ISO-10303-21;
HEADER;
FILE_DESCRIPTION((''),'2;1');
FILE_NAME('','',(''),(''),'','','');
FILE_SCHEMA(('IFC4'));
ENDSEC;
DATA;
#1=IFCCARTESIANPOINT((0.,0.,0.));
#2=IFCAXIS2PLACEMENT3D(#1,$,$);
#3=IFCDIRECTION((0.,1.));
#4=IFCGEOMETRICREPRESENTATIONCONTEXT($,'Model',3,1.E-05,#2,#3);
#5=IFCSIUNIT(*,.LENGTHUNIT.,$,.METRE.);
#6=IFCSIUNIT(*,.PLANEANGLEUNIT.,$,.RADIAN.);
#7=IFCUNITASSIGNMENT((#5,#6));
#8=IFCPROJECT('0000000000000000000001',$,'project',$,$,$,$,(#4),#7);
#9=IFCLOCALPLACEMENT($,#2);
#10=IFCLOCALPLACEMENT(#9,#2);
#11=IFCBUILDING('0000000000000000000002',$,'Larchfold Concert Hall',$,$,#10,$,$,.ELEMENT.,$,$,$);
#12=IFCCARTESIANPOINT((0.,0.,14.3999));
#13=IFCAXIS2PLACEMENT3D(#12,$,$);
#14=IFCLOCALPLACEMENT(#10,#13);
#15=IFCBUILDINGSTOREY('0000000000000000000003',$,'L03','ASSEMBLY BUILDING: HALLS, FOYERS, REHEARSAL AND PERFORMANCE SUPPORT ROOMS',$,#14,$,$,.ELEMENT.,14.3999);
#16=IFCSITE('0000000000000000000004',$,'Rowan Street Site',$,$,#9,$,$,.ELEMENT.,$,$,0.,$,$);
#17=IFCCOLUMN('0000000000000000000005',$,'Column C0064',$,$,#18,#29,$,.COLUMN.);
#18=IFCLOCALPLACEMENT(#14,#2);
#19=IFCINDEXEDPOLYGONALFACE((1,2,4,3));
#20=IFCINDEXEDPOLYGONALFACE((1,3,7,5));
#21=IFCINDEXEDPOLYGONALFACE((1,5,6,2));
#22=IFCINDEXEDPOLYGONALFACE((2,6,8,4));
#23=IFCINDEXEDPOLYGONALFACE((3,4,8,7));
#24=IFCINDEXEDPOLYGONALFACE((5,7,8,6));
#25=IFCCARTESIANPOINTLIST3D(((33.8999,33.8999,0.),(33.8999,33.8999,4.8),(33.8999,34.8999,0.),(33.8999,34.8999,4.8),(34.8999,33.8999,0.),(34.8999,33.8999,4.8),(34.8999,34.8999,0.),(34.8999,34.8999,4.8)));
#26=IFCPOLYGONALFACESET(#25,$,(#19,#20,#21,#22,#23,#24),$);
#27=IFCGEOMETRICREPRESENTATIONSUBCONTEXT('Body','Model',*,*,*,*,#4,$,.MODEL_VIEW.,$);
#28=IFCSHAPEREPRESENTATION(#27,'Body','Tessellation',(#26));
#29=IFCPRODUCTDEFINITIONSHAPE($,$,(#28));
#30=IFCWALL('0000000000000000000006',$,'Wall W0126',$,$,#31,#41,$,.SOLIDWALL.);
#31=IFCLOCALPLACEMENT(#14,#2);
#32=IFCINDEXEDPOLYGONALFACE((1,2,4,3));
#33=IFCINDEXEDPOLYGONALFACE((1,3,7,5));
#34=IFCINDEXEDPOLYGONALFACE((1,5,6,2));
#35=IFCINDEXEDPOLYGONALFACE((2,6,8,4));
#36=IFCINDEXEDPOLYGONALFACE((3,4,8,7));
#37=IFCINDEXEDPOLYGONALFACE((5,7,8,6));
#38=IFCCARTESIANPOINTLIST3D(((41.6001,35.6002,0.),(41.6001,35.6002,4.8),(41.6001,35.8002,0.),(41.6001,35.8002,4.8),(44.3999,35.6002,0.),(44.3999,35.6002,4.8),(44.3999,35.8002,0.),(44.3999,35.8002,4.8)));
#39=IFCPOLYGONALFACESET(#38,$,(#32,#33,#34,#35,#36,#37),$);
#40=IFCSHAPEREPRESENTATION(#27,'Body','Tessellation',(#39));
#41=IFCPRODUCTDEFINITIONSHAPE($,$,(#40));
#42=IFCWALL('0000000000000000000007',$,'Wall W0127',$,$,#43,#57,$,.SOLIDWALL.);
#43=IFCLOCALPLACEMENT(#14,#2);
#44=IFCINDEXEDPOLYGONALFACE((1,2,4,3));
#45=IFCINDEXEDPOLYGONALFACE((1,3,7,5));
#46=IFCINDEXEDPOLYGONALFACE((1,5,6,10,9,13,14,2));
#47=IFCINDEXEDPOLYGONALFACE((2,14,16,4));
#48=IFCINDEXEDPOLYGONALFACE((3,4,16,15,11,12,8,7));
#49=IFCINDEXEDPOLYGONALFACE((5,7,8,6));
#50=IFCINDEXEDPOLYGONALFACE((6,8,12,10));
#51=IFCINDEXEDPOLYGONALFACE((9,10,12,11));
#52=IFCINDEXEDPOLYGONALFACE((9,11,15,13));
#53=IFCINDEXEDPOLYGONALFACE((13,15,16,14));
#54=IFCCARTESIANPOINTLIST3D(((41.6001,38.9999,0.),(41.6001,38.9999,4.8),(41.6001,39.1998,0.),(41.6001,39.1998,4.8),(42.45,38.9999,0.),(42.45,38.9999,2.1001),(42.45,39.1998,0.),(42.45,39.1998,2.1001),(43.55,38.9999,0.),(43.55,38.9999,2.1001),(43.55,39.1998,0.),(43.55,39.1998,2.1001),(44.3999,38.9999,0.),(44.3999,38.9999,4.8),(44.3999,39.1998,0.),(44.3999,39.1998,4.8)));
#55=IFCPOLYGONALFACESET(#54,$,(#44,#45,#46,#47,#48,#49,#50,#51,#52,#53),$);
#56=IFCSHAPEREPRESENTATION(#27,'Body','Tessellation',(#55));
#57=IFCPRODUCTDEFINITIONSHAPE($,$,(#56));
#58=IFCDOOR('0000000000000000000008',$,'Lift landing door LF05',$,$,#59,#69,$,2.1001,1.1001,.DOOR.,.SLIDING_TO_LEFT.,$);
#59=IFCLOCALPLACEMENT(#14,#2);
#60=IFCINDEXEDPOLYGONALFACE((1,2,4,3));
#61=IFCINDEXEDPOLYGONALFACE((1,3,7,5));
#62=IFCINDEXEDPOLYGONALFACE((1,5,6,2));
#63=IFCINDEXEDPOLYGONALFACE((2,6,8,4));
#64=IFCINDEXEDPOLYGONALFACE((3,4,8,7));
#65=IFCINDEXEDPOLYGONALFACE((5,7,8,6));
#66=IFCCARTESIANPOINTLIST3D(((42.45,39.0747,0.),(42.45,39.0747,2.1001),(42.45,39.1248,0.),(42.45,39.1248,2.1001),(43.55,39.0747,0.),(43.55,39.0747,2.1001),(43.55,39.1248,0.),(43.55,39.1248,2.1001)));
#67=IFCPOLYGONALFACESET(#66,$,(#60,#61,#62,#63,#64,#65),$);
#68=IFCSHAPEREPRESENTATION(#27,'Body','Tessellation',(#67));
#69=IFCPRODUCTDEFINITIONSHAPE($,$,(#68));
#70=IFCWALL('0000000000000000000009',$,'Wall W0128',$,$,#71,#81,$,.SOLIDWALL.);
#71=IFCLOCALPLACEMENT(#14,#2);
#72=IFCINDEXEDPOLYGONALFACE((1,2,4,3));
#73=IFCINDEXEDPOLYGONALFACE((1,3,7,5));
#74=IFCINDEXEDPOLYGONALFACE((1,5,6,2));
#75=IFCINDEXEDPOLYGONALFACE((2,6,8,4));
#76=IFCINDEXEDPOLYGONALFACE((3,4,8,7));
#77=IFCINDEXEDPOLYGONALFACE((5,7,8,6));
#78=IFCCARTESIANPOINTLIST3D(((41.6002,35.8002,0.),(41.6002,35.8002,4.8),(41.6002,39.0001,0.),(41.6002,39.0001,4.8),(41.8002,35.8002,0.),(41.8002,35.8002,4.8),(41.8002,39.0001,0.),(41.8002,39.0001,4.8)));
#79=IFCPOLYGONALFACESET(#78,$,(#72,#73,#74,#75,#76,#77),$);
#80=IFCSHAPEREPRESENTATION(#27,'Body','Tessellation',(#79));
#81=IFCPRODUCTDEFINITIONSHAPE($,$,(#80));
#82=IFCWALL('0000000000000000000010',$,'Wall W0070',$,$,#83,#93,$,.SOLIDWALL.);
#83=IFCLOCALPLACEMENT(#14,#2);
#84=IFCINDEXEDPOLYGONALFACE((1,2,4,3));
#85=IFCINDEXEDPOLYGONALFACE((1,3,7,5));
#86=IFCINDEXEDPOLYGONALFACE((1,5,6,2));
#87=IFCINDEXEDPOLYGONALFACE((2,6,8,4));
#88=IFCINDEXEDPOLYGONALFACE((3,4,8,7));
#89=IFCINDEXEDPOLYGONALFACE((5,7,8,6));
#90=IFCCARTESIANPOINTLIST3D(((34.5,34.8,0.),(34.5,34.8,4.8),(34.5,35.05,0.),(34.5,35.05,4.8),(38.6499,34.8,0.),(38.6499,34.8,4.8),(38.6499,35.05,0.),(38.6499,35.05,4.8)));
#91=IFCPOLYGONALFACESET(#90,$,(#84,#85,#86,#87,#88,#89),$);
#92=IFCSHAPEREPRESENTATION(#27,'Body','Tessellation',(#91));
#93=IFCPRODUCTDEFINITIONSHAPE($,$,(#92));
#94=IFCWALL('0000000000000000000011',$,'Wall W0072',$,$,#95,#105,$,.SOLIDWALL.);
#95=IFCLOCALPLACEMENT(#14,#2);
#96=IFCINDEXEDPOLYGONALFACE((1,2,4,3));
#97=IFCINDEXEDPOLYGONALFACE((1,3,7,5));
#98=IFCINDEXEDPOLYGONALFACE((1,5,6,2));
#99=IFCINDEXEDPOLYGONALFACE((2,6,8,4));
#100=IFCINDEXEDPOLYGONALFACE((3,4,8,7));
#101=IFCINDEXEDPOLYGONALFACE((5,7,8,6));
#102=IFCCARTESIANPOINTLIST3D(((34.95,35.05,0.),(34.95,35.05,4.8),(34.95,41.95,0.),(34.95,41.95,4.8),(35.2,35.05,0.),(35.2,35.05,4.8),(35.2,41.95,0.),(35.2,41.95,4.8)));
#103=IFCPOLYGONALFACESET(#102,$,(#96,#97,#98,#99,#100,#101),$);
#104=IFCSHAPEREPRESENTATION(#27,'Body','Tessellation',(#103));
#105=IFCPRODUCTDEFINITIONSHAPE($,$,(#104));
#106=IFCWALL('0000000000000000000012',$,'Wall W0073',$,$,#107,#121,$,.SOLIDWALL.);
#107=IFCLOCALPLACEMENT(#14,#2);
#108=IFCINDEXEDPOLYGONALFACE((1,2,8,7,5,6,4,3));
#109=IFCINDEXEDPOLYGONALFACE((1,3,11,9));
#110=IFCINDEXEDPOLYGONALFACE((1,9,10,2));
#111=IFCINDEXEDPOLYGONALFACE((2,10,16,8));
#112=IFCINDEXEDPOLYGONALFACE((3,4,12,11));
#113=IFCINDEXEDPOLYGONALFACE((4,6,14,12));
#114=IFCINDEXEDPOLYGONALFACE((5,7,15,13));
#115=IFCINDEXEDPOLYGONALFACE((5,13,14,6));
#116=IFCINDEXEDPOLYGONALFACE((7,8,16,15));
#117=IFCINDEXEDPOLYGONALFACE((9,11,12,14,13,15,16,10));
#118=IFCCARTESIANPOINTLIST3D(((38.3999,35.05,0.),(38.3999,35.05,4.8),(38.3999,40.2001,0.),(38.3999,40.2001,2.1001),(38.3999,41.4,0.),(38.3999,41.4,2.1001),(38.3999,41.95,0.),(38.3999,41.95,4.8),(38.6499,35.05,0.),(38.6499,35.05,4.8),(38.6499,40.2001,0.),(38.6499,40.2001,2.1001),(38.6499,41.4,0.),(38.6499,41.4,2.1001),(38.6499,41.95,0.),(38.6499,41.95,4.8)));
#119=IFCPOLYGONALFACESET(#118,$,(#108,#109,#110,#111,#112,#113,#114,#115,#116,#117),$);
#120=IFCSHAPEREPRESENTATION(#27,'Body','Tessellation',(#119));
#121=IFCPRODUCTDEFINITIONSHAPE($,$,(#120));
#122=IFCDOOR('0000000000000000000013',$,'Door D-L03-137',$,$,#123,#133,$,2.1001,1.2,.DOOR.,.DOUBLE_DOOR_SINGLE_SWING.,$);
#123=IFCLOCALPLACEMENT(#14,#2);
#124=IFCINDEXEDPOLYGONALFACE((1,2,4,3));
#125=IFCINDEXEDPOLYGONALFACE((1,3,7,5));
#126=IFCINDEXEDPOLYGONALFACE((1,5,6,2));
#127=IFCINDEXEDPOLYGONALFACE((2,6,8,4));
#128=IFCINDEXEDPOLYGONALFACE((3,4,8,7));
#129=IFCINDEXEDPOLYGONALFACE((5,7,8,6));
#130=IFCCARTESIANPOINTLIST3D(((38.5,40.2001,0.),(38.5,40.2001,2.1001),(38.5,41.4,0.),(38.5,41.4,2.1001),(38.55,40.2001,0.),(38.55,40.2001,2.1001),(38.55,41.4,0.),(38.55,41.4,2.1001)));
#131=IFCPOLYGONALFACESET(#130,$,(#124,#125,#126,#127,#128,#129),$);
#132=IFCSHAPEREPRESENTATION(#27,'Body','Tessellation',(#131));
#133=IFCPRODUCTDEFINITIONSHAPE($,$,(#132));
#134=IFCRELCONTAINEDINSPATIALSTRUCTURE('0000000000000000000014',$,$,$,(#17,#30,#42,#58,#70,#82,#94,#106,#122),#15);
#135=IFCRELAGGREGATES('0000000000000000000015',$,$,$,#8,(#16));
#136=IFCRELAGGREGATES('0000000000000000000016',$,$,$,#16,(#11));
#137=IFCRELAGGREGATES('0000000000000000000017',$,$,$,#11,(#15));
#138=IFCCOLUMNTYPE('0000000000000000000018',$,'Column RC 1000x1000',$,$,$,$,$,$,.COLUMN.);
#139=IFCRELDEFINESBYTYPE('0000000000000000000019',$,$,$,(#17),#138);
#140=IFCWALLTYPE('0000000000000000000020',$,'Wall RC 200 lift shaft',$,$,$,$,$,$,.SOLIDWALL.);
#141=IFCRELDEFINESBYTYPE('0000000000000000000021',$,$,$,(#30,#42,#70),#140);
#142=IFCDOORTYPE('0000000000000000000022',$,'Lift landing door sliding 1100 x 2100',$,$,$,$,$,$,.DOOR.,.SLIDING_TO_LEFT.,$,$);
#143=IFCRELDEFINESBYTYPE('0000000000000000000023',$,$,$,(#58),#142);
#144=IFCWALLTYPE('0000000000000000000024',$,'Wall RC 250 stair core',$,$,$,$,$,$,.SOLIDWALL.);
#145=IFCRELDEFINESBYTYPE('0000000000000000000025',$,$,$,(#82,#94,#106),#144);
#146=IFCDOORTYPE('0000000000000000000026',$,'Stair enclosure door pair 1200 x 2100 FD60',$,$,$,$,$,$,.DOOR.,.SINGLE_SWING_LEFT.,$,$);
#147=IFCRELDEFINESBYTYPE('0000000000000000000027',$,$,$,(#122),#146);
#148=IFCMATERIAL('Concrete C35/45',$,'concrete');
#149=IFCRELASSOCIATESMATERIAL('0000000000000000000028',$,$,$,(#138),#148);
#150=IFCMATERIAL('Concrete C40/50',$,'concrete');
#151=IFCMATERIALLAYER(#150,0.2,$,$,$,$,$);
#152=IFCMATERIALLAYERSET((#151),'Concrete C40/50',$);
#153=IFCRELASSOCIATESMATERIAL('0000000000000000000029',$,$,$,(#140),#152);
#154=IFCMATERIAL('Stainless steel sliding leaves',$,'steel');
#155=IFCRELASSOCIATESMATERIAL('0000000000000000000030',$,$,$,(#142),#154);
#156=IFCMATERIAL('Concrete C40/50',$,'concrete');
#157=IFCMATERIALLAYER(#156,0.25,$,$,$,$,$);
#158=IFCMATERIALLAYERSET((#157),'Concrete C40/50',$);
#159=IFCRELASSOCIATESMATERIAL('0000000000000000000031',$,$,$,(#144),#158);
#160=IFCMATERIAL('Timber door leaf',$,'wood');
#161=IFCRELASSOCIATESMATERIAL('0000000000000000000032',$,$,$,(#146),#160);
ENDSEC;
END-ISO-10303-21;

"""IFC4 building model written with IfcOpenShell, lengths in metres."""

from ifc_helpers import new_model, si_unit, direction, frame, frame_2d, origin, origin_2d, place, context, subcontext, project, spatial, rectangle, extrude, material, layer, layer_set, material_profile, profile_set, type_object, element, fill, save


model = new_model("IFC4")

# Units and contexts
model_context = context("Model", 3, precision=1e-05, world=origin(), true_north=direction((0.0, 1.0)))
body_context = subcontext(model_context, "Body", "Model", "MODEL_VIEW")
ifc_project = project(units=[si_unit("LENGTHUNIT", "METRE"), si_unit("PLANEANGLEUNIT", "RADIAN")], contexts=[model_context])

# Site, building, storey
site_placement = place(None, origin())
site = spatial("IfcSite", under=ifc_project, at=site_placement, Name="Rowan Street Site", CompositionType="ELEMENT", RefElevation=0.0)
building_placement = place(site_placement, origin())
building = spatial("IfcBuilding", under=site, at=building_placement, Name="Larchfold Concert Hall", CompositionType="ELEMENT")
storey_placement = place(building_placement, frame((0.0, 0.0, 14.3999)))
storey = spatial("IfcBuildingStorey", under=building, at=storey_placement, Name="L03", Description="ASSEMBLY BUILDING: HALLS, FOYERS, REHEARSAL AND PERFORMANCE SUPPORT ROOMS", CompositionType="ELEMENT", Elevation=14.3999)

# Column
ifc_material_1 = material(Name="Concrete C35/45", Category="concrete")
ifc_material_profile = material_profile(ifc_material_1, rectangle(XDim=1.0, YDim=1.0, at=origin_2d()))
ifc_profile_set = profile_set([ifc_material_profile], Name="Concrete C35/45")
column_type = type_object("IfcColumnType", Name="Column RC 1000x1000", PredefinedType="COLUMN", material=ifc_profile_set)
column_placement = place(storey_placement, frame((34.3999, 34.3999, 0.0), z_axis=(0.0, 0.0, 1.0), x_axis=(1.0, 0.0, 0.0)))
element("IfcColumn", 1, at=column_placement, inside=storey, type_object=column_type, Name="Column C0064", PredefinedType="COLUMN", context=body_context, shape_type="SweptSolid", body=[
    extrude(rectangle(XDim=1.0, YDim=1.0, at=origin_2d()), origin(), (0.0, 0.0, 1.0), 4.8),
])

# Wall
ifc_material_2 = material(Name="Concrete C40/50", Category="concrete")
ifc_layer_1 = layer(ifc_material_2, 0.2)
ifc_layer_set_1 = layer_set([ifc_layer_1], Name="Concrete C40/50")
wall_type_1 = type_object("IfcWallType", Name="Wall RC 200 lift shaft", PredefinedType="SOLIDWALL", material=ifc_layer_set_1)
wall_1_placement = place(storey_placement, frame((41.6001, 35.7002, 0.0), z_axis=(0.0, 0.0, 1.0), x_axis=(1.0, 0.0, 0.0)))
element("IfcWall", 2, at=wall_1_placement, inside=storey, type_object=wall_type_1, Name="Wall W0126", PredefinedType="SOLIDWALL", context=body_context, shape_type="SweptSolid", body=[
    extrude(rectangle(XDim=2.7998, YDim=0.2, at=frame_2d((1.3999, 0.0))), origin(), (0.0, 0.0, 1.0), 4.8),
])

# Wall, opening, door
wall_2_placement = place(storey_placement, frame((41.6001, 39.0999, 0.0), z_axis=(0.0, 0.0, 1.0), x_axis=(1.0, 0.0, 0.0)))
wall_2 = element("IfcWall", 3, at=wall_2_placement, inside=storey, type_object=wall_type_1, Name="Wall W0127", PredefinedType="SOLIDWALL", context=body_context, shape_type="SweptSolid", body=[
    extrude(rectangle(XDim=2.7998, YDim=0.2, at=frame_2d((1.3999, 0.0))), origin(), (0.0, 0.0, 1.0), 4.8),
])
opening_1_placement = place(wall_2_placement, frame((0.8499, 0.0, 0.0)))
opening_1 = element("IfcOpeningElement", 4, at=opening_1_placement, cuts=wall_2, PredefinedType="OPENING", context=body_context, shape_type="SweptSolid", body=[
    extrude(rectangle(XDim=1.1001, YDim=2.1001, at=frame_2d((0.55, 1.05))), frame((0.0, 0.1099, 0.0), z_axis=(0.0, -1.0, 0.0), x_axis=(1.0, 0.0, 0.0)), (0.0, 0.0, 1.0), 0.22),
])
ifc_material_3 = material(Name="Stainless steel sliding leaves", Category="steel")
door_type_1 = type_object("IfcDoorType", Name="Lift landing door sliding 1100 x 2100", OperationType="SLIDING_TO_LEFT", PredefinedType="DOOR", material=ifc_material_3)
door_1_placement = place(opening_1_placement, origin())
door_1 = element("IfcDoor", 5, at=door_1_placement, inside=storey, type_object=door_type_1, Name="Lift landing door LF05", OperationType="SLIDING_TO_LEFT", OverallHeight=2.1001, OverallWidth=1.1001, PredefinedType="DOOR", context=body_context, shape_type="SweptSolid", body=[
    extrude(rectangle(XDim=1.1001, YDim=2.1001, at=frame_2d((0.55, 1.05))), frame((0.0, 0.0249, 0.0), z_axis=(0.0, -1.0, 0.0), x_axis=(1.0, 0.0, 0.0)), (0.0, 0.0, 1.0), 0.05),
])
fill(opening_1, door_1)

# Walls
wall_3_placement = place(storey_placement, frame((41.7002, 35.8, 0.0), z_axis=(0.0, 0.0, 1.0), x_axis=(0.0, 1.0, 0.0)))
element("IfcWall", 6, at=wall_3_placement, inside=storey, type_object=wall_type_1, Name="Wall W0128", PredefinedType="SOLIDWALL", context=body_context, shape_type="SweptSolid", body=[
    extrude(rectangle(XDim=3.2, YDim=0.2, at=frame_2d((1.6001, 0.0))), origin(), (0.0, 0.0, 1.0), 4.8),
])
ifc_material_4 = material(Name="Concrete C40/50", Category="concrete")
ifc_layer_2 = layer(ifc_material_4, 0.25)
ifc_layer_set_2 = layer_set([ifc_layer_2], Name="Concrete C40/50")
wall_type_2 = type_object("IfcWallType", Name="Wall RC 250 stair core", PredefinedType="SOLIDWALL", material=ifc_layer_set_2)
wall_4_placement = place(storey_placement, frame((34.5, 34.925, 0.0), z_axis=(0.0, 0.0, 1.0), x_axis=(1.0, 0.0, 0.0)))
element("IfcWall", 7, at=wall_4_placement, inside=storey, type_object=wall_type_2, Name="Wall W0070", PredefinedType="SOLIDWALL", context=body_context, shape_type="SweptSolid", body=[
    extrude(rectangle(XDim=4.1499, YDim=0.25, at=frame_2d((2.075, 0.0))), origin(), (0.0, 0.0, 1.0), 4.8),
])
wall_5_placement = place(storey_placement, frame((35.075, 35.05, 0.0), z_axis=(0.0, 0.0, 1.0), x_axis=(0.0, 1.0, 0.0)))
element("IfcWall", 8, at=wall_5_placement, inside=storey, type_object=wall_type_2, Name="Wall W0072", PredefinedType="SOLIDWALL", context=body_context, shape_type="SweptSolid", body=[
    extrude(rectangle(XDim=6.8999, YDim=0.25, at=frame_2d((3.45, 0.0))), origin(), (0.0, 0.0, 1.0), 4.8),
])

# Wall, opening, door
wall_6_placement = place(storey_placement, frame((38.5249, 35.05, 0.0), z_axis=(0.0, 0.0, 1.0), x_axis=(0.0, 1.0, 0.0)))
wall_6 = element("IfcWall", 9, at=wall_6_placement, inside=storey, type_object=wall_type_2, Name="Wall W0073", PredefinedType="SOLIDWALL", context=body_context, shape_type="SweptSolid", body=[
    extrude(rectangle(XDim=6.8999, YDim=0.25, at=frame_2d((3.45, 0.0))), origin(), (0.0, 0.0, 1.0), 4.8),
])
opening_2_placement = place(wall_6_placement, frame((5.1499, 0.0, 0.0)))
opening_2 = element("IfcOpeningElement", 10, at=opening_2_placement, cuts=wall_6, PredefinedType="OPENING", context=body_context, shape_type="SweptSolid", body=[
    extrude(rectangle(XDim=1.2, YDim=2.1001, at=frame_2d((0.6001, 1.05))), frame((0.0, 0.135, 0.0), z_axis=(0.0, -1.0, 0.0), x_axis=(1.0, 0.0, 0.0)), (0.0, 0.0, 1.0), 0.27),
])
ifc_material_5 = material(Name="Timber door leaf", Category="wood")
door_type_2 = type_object("IfcDoorType", Name="Stair enclosure door pair 1200 x 2100 FD60", OperationType="SINGLE_SWING_LEFT", PredefinedType="DOOR", material=ifc_material_5)
door_2_placement = place(opening_2_placement, origin())
door_2 = element("IfcDoor", 11, at=door_2_placement, inside=storey, type_object=door_type_2, Name="Door D-L03-137", OperationType="DOUBLE_DOOR_SINGLE_SWING", OverallHeight=2.1001, OverallWidth=1.2, PredefinedType="DOOR", context=body_context, shape_type="SweptSolid", body=[
    extrude(rectangle(XDim=1.2, YDim=2.1001, at=frame_2d((0.6001, 1.05))), frame((0.0, 0.0249, 0.0), z_axis=(0.0, -1.0, 0.0), x_axis=(1.0, 0.0, 0.0)), (0.0, 0.0, 1.0), 0.05),
])
fill(opening_2, door_2)

save(model, "model.ifc")
